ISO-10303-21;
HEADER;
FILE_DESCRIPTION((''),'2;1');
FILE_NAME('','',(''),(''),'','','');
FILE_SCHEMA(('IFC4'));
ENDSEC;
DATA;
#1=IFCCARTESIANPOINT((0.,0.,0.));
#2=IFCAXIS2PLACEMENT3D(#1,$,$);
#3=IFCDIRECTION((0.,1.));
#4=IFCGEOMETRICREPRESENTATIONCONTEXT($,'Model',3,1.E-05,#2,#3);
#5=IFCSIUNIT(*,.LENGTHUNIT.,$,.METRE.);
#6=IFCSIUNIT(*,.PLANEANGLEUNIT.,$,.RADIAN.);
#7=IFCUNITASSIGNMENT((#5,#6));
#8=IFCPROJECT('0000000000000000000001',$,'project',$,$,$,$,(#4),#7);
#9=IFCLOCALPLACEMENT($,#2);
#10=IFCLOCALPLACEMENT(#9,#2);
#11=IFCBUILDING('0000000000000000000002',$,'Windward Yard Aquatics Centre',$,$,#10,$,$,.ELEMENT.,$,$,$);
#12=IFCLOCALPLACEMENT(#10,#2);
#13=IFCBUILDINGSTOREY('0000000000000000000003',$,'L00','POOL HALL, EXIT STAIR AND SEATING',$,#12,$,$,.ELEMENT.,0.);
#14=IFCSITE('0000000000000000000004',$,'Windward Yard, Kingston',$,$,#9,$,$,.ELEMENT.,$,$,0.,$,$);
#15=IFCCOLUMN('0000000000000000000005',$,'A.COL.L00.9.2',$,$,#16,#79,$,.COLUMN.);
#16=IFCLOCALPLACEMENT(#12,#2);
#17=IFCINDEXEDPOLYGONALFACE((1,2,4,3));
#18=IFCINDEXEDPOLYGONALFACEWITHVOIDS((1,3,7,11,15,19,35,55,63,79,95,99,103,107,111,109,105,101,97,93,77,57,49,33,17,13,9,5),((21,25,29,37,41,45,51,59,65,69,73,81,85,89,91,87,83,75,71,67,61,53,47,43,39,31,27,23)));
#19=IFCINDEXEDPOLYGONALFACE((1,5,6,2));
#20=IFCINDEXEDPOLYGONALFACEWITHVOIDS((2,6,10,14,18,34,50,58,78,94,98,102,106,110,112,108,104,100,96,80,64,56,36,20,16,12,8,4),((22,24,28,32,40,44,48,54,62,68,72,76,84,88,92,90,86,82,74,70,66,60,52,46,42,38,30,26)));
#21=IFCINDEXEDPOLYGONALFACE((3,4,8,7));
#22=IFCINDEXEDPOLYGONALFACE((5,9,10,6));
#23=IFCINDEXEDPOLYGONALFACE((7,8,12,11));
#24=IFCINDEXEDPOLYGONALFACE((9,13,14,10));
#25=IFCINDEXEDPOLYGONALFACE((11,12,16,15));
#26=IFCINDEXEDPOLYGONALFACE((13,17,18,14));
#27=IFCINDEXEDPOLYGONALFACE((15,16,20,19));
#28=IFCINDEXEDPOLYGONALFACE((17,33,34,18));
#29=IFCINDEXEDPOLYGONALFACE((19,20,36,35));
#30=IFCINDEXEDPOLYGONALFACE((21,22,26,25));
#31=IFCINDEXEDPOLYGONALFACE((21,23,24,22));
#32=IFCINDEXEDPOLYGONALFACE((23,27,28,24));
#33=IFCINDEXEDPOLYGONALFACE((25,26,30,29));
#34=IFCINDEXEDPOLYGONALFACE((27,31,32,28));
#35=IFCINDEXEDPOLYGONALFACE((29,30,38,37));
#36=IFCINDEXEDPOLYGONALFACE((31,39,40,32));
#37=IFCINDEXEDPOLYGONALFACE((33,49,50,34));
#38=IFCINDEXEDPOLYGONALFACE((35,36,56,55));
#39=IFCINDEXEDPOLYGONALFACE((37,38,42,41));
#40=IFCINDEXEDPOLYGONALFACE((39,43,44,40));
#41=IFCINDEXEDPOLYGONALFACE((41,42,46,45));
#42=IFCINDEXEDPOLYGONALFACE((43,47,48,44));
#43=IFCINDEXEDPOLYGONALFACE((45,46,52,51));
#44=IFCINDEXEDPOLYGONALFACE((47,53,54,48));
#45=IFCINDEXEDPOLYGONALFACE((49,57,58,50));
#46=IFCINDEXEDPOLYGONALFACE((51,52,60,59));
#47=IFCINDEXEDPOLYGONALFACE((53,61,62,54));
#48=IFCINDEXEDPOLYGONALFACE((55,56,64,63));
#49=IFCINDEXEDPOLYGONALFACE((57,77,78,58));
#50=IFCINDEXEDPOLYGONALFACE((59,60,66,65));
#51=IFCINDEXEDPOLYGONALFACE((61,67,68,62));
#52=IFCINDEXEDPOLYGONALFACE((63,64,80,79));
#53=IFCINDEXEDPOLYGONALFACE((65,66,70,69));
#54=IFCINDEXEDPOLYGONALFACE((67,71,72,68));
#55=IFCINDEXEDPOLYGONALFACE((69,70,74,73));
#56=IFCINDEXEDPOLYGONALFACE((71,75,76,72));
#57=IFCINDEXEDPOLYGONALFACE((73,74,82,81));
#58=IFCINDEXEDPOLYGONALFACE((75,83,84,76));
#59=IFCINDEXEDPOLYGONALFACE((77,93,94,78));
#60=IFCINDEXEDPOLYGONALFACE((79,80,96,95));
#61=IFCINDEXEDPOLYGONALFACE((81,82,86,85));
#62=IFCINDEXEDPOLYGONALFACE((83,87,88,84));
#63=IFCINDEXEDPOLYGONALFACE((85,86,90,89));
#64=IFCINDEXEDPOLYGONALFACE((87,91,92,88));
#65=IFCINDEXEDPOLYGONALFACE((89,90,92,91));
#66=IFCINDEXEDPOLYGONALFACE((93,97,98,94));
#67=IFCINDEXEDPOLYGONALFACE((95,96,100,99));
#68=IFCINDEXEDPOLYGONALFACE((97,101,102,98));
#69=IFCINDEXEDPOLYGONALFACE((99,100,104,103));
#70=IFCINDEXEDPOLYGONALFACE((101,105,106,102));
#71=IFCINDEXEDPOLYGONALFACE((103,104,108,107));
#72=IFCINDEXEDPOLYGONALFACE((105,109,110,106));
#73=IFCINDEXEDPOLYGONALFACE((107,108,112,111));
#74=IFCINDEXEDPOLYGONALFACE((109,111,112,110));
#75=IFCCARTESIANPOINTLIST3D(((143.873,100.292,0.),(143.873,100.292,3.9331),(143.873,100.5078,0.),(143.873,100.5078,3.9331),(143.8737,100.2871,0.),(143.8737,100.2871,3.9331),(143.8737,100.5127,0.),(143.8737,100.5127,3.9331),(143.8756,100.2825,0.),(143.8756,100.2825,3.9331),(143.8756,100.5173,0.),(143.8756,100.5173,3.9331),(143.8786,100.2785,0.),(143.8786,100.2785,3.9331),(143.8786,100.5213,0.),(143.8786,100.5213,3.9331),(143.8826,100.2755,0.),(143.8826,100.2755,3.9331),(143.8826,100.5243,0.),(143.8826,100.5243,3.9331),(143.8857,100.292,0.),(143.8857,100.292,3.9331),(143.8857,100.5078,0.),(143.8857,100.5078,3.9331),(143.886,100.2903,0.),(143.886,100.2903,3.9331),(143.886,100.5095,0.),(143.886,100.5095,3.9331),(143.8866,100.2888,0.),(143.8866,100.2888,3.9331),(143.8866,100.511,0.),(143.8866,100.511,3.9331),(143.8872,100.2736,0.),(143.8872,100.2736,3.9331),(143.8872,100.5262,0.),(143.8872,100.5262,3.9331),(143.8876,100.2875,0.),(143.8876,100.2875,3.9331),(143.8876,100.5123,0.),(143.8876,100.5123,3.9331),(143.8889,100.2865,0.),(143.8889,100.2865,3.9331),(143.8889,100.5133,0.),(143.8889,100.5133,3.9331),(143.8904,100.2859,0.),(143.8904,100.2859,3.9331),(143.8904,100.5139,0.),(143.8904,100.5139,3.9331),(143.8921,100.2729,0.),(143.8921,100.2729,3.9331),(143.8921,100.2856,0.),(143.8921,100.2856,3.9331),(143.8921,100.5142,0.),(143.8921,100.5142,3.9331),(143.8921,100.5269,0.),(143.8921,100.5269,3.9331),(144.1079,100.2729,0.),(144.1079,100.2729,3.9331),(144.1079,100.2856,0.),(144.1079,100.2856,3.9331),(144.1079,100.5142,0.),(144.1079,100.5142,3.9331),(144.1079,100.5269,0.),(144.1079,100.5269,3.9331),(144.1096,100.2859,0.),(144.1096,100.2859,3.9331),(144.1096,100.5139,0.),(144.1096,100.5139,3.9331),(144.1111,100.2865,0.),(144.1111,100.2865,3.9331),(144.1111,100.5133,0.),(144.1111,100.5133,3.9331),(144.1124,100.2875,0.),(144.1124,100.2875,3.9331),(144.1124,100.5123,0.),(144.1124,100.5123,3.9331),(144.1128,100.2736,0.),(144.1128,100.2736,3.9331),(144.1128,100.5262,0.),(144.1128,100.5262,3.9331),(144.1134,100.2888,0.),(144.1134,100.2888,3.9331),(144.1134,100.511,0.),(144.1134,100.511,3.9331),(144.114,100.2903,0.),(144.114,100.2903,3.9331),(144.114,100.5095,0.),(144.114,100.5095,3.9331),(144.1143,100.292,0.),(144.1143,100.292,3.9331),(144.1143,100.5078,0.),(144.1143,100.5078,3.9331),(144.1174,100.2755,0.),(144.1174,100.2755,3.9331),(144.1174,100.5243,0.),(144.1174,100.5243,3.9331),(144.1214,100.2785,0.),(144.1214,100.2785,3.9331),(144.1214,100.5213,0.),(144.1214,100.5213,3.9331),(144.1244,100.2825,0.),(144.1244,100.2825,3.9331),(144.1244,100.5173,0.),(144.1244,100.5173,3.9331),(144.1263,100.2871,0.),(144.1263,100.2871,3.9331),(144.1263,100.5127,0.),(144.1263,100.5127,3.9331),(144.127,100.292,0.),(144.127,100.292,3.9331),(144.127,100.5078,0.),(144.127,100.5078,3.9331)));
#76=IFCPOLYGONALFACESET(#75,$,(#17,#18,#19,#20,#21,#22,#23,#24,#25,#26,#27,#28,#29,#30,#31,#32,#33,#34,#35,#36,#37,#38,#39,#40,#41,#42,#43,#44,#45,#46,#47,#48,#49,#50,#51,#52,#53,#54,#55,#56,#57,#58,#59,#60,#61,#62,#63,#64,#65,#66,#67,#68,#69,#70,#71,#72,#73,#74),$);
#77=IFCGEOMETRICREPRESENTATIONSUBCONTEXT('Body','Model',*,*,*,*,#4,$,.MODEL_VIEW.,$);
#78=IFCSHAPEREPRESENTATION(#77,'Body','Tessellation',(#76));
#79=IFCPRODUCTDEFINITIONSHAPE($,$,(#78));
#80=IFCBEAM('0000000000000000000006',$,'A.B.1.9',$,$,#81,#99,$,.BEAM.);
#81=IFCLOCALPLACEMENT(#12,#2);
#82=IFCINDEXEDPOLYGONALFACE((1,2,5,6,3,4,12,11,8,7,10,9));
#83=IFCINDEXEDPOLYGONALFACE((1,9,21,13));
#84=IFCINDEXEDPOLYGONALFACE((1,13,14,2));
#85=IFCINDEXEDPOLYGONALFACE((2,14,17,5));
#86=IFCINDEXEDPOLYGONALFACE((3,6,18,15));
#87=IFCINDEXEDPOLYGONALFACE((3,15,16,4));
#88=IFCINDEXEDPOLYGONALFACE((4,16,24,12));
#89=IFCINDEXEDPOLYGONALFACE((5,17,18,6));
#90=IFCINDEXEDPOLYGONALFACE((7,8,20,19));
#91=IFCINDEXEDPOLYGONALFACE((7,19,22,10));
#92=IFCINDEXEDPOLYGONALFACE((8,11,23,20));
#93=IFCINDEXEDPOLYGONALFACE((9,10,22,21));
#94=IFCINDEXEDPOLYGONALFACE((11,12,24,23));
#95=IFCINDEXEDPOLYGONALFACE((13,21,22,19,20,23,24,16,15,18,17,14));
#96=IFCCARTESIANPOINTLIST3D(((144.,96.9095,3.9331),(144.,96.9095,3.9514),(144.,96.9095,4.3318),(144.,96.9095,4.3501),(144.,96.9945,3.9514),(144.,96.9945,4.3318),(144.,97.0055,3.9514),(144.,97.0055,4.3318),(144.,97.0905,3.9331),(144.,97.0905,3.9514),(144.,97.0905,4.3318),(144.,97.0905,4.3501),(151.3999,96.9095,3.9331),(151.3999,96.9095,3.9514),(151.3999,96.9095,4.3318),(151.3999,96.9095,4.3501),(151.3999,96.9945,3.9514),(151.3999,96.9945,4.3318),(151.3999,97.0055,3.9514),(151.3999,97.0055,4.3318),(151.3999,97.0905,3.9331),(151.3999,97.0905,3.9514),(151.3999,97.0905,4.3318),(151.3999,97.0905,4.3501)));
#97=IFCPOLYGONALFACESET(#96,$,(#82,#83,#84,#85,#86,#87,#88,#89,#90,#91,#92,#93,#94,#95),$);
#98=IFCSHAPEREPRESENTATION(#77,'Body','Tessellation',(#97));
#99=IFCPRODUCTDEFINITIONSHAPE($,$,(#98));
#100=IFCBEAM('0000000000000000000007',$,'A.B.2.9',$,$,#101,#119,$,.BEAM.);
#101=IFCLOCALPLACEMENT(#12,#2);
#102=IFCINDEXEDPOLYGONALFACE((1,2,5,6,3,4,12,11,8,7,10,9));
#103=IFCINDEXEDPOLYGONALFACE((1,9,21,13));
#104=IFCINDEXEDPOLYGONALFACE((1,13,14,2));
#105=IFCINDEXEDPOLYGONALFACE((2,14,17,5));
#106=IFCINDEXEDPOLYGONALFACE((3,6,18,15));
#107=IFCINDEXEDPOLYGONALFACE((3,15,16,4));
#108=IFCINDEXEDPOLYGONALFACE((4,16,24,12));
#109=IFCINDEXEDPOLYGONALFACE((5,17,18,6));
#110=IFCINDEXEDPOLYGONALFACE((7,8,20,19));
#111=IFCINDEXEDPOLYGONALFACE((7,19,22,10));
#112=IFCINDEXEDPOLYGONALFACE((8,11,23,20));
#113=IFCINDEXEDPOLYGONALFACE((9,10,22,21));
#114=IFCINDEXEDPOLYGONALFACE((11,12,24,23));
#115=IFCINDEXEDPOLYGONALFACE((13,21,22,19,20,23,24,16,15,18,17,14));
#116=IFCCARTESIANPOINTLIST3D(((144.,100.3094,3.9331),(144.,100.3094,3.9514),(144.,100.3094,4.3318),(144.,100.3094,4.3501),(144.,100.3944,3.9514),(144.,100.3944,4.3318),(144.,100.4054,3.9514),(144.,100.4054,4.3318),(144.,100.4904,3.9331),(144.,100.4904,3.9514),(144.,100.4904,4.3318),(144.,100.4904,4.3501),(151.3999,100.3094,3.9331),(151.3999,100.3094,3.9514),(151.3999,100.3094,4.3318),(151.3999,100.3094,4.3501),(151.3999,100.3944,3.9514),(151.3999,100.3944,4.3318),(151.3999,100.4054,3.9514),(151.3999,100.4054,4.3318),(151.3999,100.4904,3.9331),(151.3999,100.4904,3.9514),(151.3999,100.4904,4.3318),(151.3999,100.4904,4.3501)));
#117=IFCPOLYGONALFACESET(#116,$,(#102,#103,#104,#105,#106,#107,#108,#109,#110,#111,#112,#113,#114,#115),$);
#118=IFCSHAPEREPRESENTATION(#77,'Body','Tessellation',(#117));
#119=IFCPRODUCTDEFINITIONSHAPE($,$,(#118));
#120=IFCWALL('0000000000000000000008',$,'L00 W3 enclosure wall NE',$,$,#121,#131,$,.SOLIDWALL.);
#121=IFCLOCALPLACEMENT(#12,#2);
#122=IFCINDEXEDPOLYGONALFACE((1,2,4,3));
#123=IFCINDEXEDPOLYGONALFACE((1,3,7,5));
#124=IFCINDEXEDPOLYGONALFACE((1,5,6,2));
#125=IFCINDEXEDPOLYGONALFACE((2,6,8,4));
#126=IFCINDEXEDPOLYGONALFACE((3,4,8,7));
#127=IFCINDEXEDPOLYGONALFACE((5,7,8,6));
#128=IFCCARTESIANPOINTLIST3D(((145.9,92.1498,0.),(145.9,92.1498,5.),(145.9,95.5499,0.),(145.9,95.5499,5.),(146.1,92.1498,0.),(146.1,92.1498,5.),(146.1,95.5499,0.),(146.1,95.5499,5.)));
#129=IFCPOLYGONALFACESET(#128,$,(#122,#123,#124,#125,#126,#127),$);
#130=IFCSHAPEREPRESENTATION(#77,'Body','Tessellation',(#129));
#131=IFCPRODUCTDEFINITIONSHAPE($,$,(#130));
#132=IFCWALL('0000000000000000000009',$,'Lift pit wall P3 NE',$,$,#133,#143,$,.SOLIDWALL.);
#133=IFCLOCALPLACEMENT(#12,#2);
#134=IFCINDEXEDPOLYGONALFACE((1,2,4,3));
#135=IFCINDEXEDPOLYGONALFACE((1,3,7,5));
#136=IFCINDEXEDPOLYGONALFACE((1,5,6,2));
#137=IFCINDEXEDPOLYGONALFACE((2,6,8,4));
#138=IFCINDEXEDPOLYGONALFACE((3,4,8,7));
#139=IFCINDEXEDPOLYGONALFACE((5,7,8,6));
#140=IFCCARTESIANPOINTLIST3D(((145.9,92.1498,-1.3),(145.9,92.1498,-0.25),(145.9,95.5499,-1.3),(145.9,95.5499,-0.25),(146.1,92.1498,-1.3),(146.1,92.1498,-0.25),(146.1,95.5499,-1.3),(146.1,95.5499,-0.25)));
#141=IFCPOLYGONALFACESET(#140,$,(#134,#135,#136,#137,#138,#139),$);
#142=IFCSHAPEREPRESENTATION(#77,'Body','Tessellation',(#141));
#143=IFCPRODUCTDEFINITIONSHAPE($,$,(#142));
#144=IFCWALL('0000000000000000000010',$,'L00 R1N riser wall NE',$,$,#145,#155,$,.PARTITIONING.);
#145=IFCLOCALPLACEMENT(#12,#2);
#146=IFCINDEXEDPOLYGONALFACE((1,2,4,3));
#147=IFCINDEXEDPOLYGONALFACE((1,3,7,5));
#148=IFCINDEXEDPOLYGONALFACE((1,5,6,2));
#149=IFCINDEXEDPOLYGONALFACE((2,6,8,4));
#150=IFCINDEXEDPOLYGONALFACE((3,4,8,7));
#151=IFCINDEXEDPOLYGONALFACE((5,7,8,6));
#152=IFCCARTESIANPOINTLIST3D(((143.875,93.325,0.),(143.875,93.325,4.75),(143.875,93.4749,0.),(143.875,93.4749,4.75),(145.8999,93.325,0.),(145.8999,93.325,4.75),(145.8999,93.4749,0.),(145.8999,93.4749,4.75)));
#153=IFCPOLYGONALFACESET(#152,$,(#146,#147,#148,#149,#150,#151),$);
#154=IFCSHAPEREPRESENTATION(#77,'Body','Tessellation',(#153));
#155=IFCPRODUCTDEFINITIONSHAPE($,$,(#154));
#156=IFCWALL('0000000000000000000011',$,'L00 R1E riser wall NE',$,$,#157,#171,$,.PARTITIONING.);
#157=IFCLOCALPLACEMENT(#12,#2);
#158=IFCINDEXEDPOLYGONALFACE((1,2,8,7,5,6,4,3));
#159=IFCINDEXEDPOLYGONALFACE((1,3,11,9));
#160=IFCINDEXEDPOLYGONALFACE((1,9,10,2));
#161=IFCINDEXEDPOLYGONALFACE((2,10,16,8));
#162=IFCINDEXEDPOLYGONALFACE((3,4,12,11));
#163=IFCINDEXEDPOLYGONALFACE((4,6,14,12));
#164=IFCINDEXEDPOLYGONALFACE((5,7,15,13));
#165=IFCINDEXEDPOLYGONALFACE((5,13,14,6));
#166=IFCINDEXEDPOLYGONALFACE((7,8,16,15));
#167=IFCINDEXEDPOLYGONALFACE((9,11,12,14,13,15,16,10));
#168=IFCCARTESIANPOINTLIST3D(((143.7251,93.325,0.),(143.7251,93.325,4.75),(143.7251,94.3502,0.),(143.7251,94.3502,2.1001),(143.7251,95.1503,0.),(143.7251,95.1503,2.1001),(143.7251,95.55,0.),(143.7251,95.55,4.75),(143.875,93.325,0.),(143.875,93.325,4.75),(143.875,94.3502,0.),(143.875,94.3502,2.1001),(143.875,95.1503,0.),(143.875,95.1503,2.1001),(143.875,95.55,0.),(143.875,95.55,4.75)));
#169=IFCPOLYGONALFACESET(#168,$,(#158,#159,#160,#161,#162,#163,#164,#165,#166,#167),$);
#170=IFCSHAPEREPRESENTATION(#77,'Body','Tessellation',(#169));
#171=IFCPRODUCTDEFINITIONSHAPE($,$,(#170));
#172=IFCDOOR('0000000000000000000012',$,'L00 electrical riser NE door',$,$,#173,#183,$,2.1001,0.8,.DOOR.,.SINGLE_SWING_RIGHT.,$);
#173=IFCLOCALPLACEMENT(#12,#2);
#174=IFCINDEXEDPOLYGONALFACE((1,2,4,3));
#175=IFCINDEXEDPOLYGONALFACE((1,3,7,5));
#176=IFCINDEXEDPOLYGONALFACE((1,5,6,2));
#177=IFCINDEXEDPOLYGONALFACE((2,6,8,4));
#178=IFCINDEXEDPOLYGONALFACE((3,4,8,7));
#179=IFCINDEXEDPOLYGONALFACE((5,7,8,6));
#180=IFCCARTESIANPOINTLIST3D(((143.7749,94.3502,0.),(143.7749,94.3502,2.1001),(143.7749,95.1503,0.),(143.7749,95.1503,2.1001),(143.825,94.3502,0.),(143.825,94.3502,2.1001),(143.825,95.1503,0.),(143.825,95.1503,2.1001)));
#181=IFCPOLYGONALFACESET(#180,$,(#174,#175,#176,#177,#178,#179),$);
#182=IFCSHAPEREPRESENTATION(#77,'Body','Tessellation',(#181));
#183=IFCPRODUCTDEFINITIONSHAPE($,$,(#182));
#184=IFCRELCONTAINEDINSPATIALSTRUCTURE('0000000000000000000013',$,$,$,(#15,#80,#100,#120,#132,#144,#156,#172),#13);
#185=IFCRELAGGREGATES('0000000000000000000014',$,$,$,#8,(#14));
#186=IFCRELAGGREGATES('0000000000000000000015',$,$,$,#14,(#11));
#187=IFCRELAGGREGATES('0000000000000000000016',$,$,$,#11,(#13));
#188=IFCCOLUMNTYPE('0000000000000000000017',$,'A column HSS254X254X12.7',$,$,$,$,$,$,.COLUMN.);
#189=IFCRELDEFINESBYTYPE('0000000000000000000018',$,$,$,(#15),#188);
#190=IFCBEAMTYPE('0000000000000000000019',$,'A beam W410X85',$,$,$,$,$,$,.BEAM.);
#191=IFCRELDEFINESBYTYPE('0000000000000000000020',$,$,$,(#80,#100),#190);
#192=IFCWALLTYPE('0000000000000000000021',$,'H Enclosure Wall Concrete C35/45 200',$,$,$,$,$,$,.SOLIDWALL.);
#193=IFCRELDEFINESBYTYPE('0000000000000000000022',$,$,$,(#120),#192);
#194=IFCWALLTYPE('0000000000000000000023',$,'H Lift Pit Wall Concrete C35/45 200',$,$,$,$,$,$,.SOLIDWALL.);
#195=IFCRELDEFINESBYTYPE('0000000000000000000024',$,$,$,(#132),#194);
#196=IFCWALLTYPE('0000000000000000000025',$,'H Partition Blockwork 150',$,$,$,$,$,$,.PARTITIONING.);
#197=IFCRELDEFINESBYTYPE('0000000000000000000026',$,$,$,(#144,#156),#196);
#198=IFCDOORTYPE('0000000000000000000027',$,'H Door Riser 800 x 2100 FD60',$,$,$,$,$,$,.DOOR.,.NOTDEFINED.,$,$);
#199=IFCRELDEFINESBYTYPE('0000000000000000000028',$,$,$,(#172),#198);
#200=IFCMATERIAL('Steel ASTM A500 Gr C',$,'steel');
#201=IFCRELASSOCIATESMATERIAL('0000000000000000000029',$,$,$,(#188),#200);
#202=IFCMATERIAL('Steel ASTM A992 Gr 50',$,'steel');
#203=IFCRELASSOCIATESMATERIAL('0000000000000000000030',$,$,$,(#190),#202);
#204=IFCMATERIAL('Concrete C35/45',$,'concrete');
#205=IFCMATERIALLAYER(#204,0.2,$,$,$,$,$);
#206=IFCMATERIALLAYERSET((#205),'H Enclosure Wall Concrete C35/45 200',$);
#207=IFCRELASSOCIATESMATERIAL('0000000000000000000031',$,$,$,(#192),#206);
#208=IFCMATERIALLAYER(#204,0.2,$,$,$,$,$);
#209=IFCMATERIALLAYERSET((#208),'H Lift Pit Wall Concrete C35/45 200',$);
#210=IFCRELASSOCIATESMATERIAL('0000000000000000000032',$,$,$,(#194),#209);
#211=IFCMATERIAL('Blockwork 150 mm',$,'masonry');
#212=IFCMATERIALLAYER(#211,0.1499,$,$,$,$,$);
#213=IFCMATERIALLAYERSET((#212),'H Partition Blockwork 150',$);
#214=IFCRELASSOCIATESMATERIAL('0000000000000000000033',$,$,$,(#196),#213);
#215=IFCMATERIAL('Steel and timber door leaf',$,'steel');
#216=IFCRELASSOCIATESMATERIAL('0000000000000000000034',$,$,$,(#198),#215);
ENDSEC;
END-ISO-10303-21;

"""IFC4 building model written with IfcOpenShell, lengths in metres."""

from ifc_helpers import new_model, si_unit, direction, frame, frame_2d, origin, origin_2d, place, context, subcontext, project, spatial, rectangle, hollow_rectangle, i_section, extrude, material, layer, layer_set, material_profile, profile_set, type_object, element, fill, save


model = new_model("IFC4")

# Units and contexts
model_context = context("Model", 3, precision=1e-05, world=origin(), true_north=direction((0.0, 1.0)))
body_context = subcontext(model_context, "Body", "Model", "MODEL_VIEW")
ifc_project = project(units=[si_unit("LENGTHUNIT", "METRE"), si_unit("PLANEANGLEUNIT", "RADIAN")], contexts=[model_context])

# Site, building, storey
site_placement = place(None, origin())
site = spatial("IfcSite", under=ifc_project, at=site_placement, Name="Windward Yard, Kingston", CompositionType="ELEMENT", RefElevation=0.0)
building_placement = place(site_placement, origin())
building = spatial("IfcBuilding", under=site, at=building_placement, Name="Windward Yard Aquatics Centre", CompositionType="ELEMENT")
storey_placement = place(building_placement, origin())
storey = spatial("IfcBuildingStorey", under=building, at=storey_placement, Name="L00", Description="POOL HALL, EXIT STAIR AND SEATING", CompositionType="ELEMENT", Elevation=0.0)

# Shared definitions
ifc_material_1 = material(Name="Concrete C35/45", Category="concrete")

# Column
ifc_material_2 = material(Name="Steel ASTM A500 Gr C", Category="steel")
ifc_material_profile_1 = material_profile(ifc_material_2, hollow_rectangle(XDim=0.2539, YDim=0.2539, WallThickness=0.0127, InnerFilletRadius=0.0063, OuterFilletRadius=0.019, at=origin_2d()), Name="HSS254X254X12.7")
ifc_profile_set_1 = profile_set([ifc_material_profile_1], Name="Steel ASTM A500 Gr C")
column_type = type_object("IfcColumnType", Name="A column HSS254X254X12.7", PredefinedType="COLUMN", material=ifc_profile_set_1)
for number, where, z_axis, x_axis, name in (
    (1, (144.0, 100.3999, 0.0), (0.0, 0.0, 1.0), (1.0, 0.0, 0.0), "A.COL.L00.9.2"),
):
    element("IfcColumn", number, at=place(storey_placement, frame(where, z_axis=z_axis, x_axis=x_axis)), inside=storey, type_object=column_type, Name=name, PredefinedType="COLUMN", context=body_context, shape_type="SweptSolid", body=[
        extrude(hollow_rectangle(XDim=0.2539, YDim=0.2539, WallThickness=0.0127, InnerFilletRadius=0.0063, OuterFilletRadius=0.019, at=origin_2d()), origin(), (0.0, 0.0, 1.0), 3.9331),
    ])

# Beams
ifc_material_3 = material(Name="Steel ASTM A992 Gr 50", Category="steel")
ifc_material_profile_2 = material_profile(ifc_material_3, i_section(OverallWidth=0.1809, OverallDepth=0.417, WebThickness=0.011, FlangeThickness=0.0183, at=origin_2d()), Name="W410X85")
ifc_profile_set_2 = profile_set([ifc_material_profile_2], Name="Steel ASTM A992 Gr 50")
beam_type = type_object("IfcBeamType", Name="A beam W410X85", PredefinedType="BEAM", material=ifc_profile_set_2)
for number, where, z_axis, x_axis, name in (
    (2, (144.0, 97.0, 4.1416), (1.0, 0.0, 0.0), (0.0, 1.0, 0.0), "A.B.1.9"),
    (3, (144.0, 100.3999, 4.1416), (1.0, 0.0, 0.0), (0.0, 1.0, 0.0), "A.B.2.9"),
):
    element("IfcBeam", number, at=place(storey_placement, frame(where, z_axis=z_axis, x_axis=x_axis)), inside=storey, type_object=beam_type, Name=name, PredefinedType="BEAM", context=body_context, shape_type="SweptSolid", body=[
        extrude(i_section(OverallWidth=0.1809, OverallDepth=0.417, WebThickness=0.011, FlangeThickness=0.0183, at=origin_2d()), origin(), (0.0, 0.0, 1.0), 7.3999),
    ])

# Walls
ifc_layer_1 = layer(ifc_material_1, 0.2)
ifc_layer_set_1 = layer_set([ifc_layer_1], Name="H Enclosure Wall Concrete C35/45 200")
wall_type_1 = type_object("IfcWallType", Name="H Enclosure Wall Concrete C35/45 200", PredefinedType="SOLIDWALL", material=ifc_layer_set_1)
wall_1_placement = place(storey_placement, frame((146.0, 95.55, 0.0), z_axis=(0.0, 0.0, 1.0), x_axis=(0.0, -1.0, 0.0)))
element("IfcWall", 4, at=wall_1_placement, inside=storey, type_object=wall_type_1, Name="L00 W3 enclosure wall NE", PredefinedType="SOLIDWALL", context=body_context, shape_type="SweptSolid", body=[
    extrude(rectangle(XDim=3.4001, YDim=0.2, at=frame_2d((1.7002, 0.0))), origin(), (0.0, 0.0, 1.0), 5.0),
])
ifc_layer_2 = layer(ifc_material_1, 0.2)
ifc_layer_set_2 = layer_set([ifc_layer_2], Name="H Lift Pit Wall Concrete C35/45 200")
wall_type_2 = type_object("IfcWallType", Name="H Lift Pit Wall Concrete C35/45 200", PredefinedType="SOLIDWALL", material=ifc_layer_set_2)
wall_2_placement = place(storey_placement, frame((146.0, 95.55, -1.3), z_axis=(0.0, 0.0, 1.0), x_axis=(0.0, -1.0, 0.0)))
element("IfcWall", 5, at=wall_2_placement, inside=storey, type_object=wall_type_2, Name="Lift pit wall P3 NE", PredefinedType="SOLIDWALL", context=body_context, shape_type="SweptSolid", body=[
    extrude(rectangle(XDim=3.4001, YDim=0.2, at=frame_2d((1.7002, 0.0))), origin(), (0.0, 0.0, 1.0), 1.05),
])
ifc_material_4 = material(Name="Blockwork 150 mm", Category="masonry")
ifc_layer_3 = layer(ifc_material_4, 0.1499)
ifc_layer_set_3 = layer_set([ifc_layer_3], Name="H Partition Blockwork 150")
wall_type_3 = type_object("IfcWallType", Name="H Partition Blockwork 150", PredefinedType="PARTITIONING", material=ifc_layer_set_3)
wall_3_placement = place(storey_placement, frame((145.8999, 93.3999, 0.0), z_axis=(0.0, 0.0, 1.0), x_axis=(-1.0, 0.0, 0.0)))
element("IfcWall", 6, at=wall_3_placement, inside=storey, type_object=wall_type_3, Name="L00 R1N riser wall NE", PredefinedType="PARTITIONING", context=body_context, shape_type="SweptSolid", body=[
    extrude(rectangle(XDim=2.0249, YDim=0.1499, at=frame_2d((1.0125, 0.0))), origin(), (0.0, 0.0, 1.0), 4.75),
])

# Wall, opening, door
wall_4_placement = place(storey_placement, frame((143.8, 95.55, 0.0), z_axis=(0.0, 0.0, 1.0), x_axis=(0.0, -1.0, 0.0)))
wall_4 = element("IfcWall", 7, at=wall_4_placement, inside=storey, type_object=wall_type_3, Name="L00 R1E riser wall NE", PredefinedType="PARTITIONING", context=body_context, shape_type="SweptSolid", body=[
    extrude(rectangle(XDim=2.2251, YDim=0.1499, at=frame_2d((1.1125, 0.0))), origin(), (0.0, 0.0, 1.0), 4.75),
])
opening_1_placement = place(wall_4_placement, frame((0.3999, 0.0, 0.0)))
opening_1 = element("IfcOpeningElement", 8, at=opening_1_placement, cuts=wall_4, PredefinedType="OPENING", context=body_context, shape_type="SweptSolid", body=[
    extrude(rectangle(XDim=0.8, YDim=2.1001, at=frame_2d((0.3999, 1.05))), frame((0.0, 0.085, 0.0), z_axis=(0.0, -1.0, 0.0), x_axis=(1.0, 0.0, 0.0)), (0.0, 0.0, 1.0), 0.1699),
])
ifc_material_5 = material(Name="Steel and timber door leaf", Category="steel")
door_type_1 = type_object("IfcDoorType", Name="H Door Riser 800 x 2100 FD60", OperationType="NOTDEFINED", PredefinedType="DOOR", material=ifc_material_5)
door_1_placement = place(opening_1_placement, origin())
door_1 = element("IfcDoor", 9, at=door_1_placement, inside=storey, type_object=door_type_1, Name="L00 electrical riser NE door", OperationType="SINGLE_SWING_RIGHT", OverallHeight=2.1001, OverallWidth=0.8, PredefinedType="DOOR", context=body_context, shape_type="SweptSolid", body=[
    extrude(rectangle(XDim=0.8, YDim=2.1001, at=frame_2d((0.3999, 1.05))), frame((0.0, 0.0249, 0.0), z_axis=(0.0, -1.0, 0.0), x_axis=(1.0, 0.0, 0.0)), (0.0, 0.0, 1.0), 0.05),
])
fill(opening_1, door_1)

save(model, "model.ifc")
